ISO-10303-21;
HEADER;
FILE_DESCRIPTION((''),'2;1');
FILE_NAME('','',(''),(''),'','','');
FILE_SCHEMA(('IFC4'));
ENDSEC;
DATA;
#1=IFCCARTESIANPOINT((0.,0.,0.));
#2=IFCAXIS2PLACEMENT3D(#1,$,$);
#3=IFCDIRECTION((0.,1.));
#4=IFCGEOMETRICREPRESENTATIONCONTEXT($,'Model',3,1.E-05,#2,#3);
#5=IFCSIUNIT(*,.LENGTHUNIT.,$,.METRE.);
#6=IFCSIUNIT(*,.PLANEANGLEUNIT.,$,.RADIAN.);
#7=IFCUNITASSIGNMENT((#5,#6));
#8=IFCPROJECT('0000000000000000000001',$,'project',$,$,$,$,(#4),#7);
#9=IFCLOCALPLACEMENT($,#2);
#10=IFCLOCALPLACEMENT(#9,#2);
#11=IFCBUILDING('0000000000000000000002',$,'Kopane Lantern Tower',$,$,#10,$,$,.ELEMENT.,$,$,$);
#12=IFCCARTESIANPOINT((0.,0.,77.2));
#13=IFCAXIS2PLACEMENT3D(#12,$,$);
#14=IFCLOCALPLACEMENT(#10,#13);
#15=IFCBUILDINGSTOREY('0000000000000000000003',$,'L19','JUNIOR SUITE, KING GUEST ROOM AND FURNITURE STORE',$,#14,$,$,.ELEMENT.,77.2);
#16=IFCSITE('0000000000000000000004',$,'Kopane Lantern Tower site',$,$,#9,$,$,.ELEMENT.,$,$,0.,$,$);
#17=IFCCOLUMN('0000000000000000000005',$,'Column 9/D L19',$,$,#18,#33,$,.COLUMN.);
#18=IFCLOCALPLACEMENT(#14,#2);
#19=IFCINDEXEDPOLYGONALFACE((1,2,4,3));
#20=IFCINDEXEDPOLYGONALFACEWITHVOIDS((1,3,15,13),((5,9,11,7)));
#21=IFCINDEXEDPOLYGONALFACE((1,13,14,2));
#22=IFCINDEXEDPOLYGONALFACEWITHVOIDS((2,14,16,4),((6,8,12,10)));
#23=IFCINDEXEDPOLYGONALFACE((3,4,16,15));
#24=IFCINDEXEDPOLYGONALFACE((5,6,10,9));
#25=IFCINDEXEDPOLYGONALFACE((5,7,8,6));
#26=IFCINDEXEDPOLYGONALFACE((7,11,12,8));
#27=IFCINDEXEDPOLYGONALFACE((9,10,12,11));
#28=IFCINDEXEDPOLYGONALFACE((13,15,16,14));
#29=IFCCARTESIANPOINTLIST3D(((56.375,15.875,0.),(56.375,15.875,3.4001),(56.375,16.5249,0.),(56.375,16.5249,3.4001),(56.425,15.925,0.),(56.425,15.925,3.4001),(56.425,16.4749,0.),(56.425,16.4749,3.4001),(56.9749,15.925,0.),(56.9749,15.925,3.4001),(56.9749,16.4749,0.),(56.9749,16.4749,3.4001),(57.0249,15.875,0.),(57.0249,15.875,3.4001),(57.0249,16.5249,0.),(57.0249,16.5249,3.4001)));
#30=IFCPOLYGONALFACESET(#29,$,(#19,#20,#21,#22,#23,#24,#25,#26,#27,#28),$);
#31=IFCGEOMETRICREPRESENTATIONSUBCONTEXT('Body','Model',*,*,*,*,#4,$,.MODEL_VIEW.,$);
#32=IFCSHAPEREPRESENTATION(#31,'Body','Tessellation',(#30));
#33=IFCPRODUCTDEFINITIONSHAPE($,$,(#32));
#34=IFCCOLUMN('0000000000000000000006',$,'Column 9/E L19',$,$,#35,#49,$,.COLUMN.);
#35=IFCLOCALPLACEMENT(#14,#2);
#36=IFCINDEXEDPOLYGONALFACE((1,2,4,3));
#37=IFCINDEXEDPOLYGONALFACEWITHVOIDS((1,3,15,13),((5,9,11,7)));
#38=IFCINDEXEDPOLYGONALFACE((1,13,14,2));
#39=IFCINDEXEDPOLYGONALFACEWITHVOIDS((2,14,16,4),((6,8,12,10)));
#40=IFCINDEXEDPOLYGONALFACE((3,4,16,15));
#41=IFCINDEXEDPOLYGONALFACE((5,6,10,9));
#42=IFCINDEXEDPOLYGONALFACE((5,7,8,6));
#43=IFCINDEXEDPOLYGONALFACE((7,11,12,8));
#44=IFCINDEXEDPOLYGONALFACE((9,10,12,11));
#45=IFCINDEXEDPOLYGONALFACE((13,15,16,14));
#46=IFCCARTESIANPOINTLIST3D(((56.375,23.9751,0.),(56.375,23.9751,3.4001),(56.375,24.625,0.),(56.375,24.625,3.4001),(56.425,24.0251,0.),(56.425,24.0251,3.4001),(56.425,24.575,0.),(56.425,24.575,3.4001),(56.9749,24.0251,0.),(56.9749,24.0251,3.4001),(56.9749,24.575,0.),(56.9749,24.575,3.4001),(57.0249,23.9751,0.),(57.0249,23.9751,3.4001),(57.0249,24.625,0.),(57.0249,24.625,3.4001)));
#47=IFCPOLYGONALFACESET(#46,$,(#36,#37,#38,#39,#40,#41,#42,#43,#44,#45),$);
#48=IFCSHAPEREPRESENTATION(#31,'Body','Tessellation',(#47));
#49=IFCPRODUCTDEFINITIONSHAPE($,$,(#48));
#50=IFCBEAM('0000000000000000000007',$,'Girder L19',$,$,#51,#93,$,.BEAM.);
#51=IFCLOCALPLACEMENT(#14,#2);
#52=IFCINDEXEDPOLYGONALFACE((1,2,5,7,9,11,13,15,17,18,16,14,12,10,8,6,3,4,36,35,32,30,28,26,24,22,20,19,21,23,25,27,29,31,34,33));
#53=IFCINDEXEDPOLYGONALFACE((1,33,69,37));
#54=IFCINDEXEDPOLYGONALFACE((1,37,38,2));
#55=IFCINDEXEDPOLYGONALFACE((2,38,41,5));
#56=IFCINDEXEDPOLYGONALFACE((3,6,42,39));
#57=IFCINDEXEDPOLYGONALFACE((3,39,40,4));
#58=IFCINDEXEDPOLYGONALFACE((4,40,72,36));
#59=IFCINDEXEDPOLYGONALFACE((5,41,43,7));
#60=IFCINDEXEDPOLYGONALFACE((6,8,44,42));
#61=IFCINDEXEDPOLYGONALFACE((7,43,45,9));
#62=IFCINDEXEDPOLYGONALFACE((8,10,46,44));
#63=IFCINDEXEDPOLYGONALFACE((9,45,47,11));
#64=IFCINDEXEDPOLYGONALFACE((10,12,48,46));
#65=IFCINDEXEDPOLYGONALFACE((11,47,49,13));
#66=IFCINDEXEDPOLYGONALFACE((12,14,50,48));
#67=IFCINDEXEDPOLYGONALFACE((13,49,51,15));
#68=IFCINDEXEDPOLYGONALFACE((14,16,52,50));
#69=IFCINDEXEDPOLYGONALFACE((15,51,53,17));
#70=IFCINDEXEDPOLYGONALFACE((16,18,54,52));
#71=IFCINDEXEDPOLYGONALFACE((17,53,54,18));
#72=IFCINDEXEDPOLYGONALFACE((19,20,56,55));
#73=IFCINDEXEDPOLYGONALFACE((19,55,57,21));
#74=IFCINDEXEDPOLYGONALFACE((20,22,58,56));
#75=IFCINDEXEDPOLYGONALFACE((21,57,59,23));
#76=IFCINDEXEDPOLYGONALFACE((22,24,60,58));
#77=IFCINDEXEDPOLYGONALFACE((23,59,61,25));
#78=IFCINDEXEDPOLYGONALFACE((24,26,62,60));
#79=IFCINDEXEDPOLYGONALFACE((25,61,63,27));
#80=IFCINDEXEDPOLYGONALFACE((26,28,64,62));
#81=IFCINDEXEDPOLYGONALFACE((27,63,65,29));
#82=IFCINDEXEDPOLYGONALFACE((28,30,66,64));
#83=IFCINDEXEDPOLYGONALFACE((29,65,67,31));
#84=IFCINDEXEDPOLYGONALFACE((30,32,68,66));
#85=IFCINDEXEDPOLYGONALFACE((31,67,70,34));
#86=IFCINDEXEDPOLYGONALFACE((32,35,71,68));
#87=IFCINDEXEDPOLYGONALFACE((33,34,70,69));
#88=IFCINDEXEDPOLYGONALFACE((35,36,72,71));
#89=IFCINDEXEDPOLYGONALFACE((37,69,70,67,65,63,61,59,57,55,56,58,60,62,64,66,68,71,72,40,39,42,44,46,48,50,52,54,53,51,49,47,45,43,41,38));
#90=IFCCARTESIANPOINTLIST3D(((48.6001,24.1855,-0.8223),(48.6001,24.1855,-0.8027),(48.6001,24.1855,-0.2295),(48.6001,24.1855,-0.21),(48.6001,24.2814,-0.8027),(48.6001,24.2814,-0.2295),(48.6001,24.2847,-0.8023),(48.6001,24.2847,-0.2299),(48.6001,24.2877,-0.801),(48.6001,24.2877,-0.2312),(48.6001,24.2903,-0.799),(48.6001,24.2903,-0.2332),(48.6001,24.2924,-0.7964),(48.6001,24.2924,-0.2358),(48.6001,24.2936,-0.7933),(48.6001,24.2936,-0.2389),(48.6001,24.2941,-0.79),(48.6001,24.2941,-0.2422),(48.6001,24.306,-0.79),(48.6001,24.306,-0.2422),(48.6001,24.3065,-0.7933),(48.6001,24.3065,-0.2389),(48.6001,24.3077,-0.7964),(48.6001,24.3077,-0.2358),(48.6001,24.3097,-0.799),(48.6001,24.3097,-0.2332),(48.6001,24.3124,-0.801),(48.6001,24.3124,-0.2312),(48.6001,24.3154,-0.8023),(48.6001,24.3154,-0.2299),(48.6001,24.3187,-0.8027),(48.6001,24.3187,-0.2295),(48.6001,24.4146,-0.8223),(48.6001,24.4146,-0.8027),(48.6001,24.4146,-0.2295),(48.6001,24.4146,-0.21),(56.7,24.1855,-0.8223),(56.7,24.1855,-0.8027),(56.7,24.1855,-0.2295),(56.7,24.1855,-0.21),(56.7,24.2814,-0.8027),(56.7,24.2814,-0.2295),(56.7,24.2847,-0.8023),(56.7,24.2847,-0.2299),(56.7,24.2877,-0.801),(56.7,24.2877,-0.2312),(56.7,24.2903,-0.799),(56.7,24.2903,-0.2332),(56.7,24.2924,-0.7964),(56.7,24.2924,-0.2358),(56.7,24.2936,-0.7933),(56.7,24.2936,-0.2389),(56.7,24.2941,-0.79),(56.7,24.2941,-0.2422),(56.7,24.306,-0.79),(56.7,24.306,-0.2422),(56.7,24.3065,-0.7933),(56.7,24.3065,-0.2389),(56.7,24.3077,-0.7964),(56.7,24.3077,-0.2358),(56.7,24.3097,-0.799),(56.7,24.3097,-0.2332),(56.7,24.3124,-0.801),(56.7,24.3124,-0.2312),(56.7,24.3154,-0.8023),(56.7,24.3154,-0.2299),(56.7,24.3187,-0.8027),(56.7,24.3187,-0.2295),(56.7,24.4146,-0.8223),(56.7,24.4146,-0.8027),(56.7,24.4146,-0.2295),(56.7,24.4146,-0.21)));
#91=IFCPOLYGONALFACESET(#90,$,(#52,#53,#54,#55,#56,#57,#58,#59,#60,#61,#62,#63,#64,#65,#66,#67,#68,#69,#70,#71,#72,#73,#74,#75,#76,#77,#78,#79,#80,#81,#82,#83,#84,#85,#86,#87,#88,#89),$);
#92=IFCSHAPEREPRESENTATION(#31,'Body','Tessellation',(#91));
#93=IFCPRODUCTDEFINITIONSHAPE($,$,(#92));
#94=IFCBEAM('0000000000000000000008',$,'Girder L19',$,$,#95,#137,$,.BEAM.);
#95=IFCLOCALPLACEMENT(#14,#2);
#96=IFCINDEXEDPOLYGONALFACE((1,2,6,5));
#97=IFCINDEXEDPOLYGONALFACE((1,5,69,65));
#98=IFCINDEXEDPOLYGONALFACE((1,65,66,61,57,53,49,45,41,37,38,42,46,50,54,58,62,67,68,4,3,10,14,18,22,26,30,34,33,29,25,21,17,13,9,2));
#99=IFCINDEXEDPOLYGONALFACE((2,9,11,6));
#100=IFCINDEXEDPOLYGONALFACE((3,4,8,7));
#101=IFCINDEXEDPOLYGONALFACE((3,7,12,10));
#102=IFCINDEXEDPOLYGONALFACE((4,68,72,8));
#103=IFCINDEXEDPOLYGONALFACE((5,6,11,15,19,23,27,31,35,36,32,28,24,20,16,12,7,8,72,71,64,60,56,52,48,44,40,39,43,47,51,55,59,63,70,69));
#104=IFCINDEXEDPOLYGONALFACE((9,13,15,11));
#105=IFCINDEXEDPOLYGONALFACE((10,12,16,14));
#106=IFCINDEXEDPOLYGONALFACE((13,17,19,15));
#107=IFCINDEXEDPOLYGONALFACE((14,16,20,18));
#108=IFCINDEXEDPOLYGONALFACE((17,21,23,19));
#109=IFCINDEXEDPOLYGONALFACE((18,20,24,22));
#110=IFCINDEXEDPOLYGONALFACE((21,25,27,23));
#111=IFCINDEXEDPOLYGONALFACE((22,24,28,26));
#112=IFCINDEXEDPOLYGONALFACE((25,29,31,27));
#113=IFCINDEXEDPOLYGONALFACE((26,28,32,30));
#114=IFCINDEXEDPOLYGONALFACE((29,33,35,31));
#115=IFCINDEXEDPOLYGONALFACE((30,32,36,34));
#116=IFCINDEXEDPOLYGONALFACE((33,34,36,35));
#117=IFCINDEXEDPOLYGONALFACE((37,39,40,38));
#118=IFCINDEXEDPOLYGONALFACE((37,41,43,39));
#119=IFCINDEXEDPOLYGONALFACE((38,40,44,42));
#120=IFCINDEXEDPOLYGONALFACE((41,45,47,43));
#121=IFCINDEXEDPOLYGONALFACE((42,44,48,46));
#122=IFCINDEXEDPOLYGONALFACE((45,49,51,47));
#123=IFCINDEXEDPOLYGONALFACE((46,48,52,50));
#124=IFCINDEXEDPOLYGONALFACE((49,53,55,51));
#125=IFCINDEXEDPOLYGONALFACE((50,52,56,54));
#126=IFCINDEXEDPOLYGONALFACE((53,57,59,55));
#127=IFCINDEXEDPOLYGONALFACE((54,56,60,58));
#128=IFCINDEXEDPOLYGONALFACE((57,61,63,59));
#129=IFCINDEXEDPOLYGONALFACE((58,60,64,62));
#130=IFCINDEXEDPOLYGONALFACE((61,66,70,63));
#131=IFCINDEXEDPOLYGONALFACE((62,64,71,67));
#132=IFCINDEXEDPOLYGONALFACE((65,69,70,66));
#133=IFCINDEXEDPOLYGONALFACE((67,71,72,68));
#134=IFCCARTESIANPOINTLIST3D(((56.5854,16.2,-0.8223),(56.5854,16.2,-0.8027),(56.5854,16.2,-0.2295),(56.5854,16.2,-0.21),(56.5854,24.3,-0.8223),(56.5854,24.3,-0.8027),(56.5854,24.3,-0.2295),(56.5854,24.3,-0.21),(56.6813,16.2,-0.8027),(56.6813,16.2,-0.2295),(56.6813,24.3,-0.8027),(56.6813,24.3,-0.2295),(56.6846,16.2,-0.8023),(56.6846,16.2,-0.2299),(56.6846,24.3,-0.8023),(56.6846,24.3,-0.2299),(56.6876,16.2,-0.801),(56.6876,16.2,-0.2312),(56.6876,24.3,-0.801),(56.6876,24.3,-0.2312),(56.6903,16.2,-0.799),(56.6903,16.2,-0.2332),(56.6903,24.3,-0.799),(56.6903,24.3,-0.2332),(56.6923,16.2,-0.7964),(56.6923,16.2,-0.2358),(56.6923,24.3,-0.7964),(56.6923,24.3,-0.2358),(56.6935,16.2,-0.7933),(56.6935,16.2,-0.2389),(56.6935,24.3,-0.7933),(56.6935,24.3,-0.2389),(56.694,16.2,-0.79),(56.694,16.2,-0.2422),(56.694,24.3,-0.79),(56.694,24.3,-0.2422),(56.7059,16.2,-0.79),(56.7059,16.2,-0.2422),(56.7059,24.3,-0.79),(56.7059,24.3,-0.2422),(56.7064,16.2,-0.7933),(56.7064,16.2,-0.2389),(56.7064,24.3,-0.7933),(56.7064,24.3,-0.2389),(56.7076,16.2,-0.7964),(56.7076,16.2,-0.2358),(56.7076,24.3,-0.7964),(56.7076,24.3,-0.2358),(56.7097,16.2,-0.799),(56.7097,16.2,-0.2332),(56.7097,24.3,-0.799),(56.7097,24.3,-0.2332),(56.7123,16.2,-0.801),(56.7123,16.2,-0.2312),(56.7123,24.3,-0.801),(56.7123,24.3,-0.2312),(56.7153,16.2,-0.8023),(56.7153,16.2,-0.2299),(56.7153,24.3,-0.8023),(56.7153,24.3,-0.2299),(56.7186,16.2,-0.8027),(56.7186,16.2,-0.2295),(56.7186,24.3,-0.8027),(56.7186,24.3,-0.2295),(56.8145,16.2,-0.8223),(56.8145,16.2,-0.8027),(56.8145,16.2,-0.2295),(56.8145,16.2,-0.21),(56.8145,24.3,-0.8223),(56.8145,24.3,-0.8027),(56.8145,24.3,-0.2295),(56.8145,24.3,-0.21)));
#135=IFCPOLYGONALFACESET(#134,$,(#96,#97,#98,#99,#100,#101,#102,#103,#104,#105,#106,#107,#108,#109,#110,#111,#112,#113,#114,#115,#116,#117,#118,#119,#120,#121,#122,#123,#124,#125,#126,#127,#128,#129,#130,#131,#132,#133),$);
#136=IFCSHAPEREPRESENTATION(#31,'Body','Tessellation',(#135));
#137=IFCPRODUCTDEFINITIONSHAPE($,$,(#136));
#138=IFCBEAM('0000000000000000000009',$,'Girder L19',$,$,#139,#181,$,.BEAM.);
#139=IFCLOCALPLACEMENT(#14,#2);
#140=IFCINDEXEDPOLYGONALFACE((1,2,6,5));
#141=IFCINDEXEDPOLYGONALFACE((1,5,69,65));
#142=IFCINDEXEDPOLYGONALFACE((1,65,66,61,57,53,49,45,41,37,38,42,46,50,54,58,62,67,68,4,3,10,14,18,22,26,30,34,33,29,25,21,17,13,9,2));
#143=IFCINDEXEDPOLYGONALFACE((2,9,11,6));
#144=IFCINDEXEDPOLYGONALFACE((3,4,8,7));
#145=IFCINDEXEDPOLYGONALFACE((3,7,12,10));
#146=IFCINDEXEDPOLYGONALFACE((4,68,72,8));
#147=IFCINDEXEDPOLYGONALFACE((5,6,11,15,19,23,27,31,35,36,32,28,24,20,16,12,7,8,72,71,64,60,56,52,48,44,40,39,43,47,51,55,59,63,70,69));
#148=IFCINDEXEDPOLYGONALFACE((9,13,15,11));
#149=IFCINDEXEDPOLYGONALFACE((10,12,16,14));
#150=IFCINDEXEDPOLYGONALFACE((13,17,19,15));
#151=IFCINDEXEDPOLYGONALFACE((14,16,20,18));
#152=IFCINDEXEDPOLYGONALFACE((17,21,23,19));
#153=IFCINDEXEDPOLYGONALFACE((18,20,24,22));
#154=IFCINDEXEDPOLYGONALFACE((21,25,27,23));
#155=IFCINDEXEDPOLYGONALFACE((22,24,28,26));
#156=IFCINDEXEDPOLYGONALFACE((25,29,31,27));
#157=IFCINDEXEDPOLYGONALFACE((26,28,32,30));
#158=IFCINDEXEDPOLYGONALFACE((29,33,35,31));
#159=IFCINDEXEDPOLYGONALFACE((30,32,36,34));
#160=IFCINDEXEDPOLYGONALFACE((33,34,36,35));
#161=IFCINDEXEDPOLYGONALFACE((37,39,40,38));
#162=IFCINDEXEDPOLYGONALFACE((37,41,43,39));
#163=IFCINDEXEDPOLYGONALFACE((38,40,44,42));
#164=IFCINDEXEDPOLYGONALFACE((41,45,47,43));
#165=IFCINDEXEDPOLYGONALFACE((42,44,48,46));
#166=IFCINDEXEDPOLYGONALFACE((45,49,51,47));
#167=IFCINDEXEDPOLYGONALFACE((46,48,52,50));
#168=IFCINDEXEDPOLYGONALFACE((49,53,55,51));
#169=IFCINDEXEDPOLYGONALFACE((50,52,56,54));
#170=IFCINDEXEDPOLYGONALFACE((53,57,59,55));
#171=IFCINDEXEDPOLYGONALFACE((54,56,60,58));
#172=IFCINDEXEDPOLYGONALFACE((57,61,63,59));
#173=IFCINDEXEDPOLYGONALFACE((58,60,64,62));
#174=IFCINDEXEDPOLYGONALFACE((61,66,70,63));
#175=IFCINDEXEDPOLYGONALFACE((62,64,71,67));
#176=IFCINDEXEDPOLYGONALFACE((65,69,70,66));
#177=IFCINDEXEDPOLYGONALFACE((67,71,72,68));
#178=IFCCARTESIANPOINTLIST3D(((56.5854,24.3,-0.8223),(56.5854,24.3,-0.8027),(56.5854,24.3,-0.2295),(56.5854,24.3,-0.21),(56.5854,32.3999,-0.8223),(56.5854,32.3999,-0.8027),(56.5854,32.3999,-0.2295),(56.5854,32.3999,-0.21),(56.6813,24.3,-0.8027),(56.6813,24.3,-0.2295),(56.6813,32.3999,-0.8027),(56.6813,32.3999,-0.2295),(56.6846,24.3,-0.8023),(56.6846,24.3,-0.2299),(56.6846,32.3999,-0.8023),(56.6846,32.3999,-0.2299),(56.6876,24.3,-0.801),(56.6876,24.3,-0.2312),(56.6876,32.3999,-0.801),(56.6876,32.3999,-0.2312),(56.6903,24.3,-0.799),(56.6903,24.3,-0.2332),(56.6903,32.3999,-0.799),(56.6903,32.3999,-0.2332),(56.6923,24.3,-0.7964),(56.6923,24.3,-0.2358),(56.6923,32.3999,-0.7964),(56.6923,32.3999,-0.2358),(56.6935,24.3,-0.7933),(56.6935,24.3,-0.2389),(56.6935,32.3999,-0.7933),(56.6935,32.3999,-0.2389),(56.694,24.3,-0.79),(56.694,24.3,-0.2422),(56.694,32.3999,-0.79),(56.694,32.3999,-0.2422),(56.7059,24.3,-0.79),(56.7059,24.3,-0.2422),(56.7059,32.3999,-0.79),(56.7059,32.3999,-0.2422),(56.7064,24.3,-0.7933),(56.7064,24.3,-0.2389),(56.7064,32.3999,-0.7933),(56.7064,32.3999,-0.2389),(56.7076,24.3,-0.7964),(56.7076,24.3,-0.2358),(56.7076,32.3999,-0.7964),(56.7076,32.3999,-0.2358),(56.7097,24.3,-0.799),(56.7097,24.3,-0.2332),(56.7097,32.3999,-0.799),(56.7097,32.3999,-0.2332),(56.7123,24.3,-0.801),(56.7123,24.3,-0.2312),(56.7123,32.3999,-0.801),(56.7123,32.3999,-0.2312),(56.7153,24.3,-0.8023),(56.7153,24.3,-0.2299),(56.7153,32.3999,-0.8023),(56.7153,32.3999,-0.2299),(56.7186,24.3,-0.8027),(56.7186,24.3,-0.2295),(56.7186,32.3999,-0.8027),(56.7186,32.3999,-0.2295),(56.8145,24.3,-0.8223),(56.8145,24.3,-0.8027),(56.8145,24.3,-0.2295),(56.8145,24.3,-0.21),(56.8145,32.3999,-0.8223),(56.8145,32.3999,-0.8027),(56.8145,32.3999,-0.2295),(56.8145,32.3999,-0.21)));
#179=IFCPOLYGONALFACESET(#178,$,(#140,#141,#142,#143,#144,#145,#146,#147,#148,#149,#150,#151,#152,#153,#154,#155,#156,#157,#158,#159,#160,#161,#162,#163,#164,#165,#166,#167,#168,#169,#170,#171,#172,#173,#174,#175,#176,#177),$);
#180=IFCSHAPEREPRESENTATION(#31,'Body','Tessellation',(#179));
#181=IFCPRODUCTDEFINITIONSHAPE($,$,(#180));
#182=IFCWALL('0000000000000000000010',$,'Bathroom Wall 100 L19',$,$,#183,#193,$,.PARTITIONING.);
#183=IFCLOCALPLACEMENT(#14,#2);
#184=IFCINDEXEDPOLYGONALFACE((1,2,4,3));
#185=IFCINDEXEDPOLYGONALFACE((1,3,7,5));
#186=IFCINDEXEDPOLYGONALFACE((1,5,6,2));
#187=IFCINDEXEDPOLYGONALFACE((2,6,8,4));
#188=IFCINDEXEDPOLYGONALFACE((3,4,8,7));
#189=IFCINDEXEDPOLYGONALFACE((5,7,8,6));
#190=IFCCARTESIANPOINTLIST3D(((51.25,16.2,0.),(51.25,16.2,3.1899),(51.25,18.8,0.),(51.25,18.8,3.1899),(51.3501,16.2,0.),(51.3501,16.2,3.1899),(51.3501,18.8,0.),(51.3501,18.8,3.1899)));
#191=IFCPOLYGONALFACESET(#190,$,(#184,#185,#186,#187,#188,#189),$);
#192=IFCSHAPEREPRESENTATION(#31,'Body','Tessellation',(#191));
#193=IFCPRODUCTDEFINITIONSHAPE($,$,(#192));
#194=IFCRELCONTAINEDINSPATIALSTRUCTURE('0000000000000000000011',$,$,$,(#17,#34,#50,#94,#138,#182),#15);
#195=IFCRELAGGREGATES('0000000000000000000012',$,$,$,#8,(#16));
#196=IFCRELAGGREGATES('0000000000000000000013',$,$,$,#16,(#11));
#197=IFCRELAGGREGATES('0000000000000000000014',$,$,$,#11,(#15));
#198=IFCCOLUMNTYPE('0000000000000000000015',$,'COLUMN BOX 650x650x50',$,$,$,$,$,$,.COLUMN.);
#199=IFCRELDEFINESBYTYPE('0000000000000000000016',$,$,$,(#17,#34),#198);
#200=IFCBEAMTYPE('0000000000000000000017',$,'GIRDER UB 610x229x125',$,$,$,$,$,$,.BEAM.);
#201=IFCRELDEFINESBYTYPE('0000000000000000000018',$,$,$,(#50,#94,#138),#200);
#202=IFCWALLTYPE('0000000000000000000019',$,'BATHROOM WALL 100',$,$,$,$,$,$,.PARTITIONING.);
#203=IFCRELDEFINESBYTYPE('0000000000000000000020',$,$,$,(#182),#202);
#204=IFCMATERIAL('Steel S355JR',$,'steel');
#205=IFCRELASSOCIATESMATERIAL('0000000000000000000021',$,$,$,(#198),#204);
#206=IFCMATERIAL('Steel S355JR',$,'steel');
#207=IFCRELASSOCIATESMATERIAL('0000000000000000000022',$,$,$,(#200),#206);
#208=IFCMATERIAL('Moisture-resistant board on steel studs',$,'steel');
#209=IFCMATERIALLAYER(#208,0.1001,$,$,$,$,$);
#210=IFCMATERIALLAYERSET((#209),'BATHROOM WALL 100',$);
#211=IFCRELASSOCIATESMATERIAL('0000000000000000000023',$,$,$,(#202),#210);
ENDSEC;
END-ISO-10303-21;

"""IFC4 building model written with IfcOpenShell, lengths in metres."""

from ifc_helpers import new_model, si_unit, direction, frame, frame_2d, origin, origin_2d, place, context, subcontext, project, spatial, rectangle, hollow_rectangle, i_section, extrude, material, layer, layer_set, material_profile, profile_set, type_object, element, save


model = new_model("IFC4")

# Units and contexts
model_context = context("Model", 3, precision=1e-05, world=origin(), true_north=direction((0.0, 1.0)))
body_context = subcontext(model_context, "Body", "Model", "MODEL_VIEW")
ifc_project = project(units=[si_unit("LENGTHUNIT", "METRE"), si_unit("PLANEANGLEUNIT", "RADIAN")], contexts=[model_context])

# Site, building, storey
site_placement = place(None, origin())
site = spatial("IfcSite", under=ifc_project, at=site_placement, Name="Kopane Lantern Tower site", CompositionType="ELEMENT", RefElevation=0.0)
building_placement = place(site_placement, origin())
building = spatial("IfcBuilding", under=site, at=building_placement, Name="Kopane Lantern Tower", CompositionType="ELEMENT")
storey_placement = place(building_placement, frame((0.0, 0.0, 77.2)))
storey = spatial("IfcBuildingStorey", under=building, at=storey_placement, Name="L19", Description="JUNIOR SUITE, KING GUEST ROOM AND FURNITURE STORE", CompositionType="ELEMENT", Elevation=77.2)

# Columns
ifc_material_1 = material(Name="Steel S355JR", Category="steel")
ifc_material_profile_1 = material_profile(ifc_material_1, hollow_rectangle(XDim=0.6499, YDim=0.6499, WallThickness=0.05, at=origin_2d()), Name="BOX 650x650x50")
ifc_profile_set_1 = profile_set([ifc_material_profile_1], Name="Steel S355JR")
column_type = type_object("IfcColumnType", Name="COLUMN BOX 650x650x50", PredefinedType="COLUMN", material=ifc_profile_set_1)
for number, where, z_axis, x_axis, name in (
    (1, (56.7, 16.2, 0.0), (0.0, 0.0, 1.0), (1.0, 0.0, 0.0), "Column 9/D L19"),
    (2, (56.7, 24.3, 0.0), (0.0, 0.0, 1.0), (1.0, 0.0, 0.0), "Column 9/E L19"),
):
    element("IfcColumn", number, at=place(storey_placement, frame(where, z_axis=z_axis, x_axis=x_axis)), inside=storey, type_object=column_type, Name=name, PredefinedType="COLUMN", context=body_context, shape_type="SweptSolid", body=[
        extrude(hollow_rectangle(XDim=0.6499, YDim=0.6499, WallThickness=0.05, at=origin_2d()), origin(), (0.0, 0.0, 1.0), 3.4001),
    ])

# Beams
ifc_material_2 = material(Name="Steel S355JR", Category="steel")
ifc_material_profile_2 = material_profile(ifc_material_2, i_section(OverallWidth=0.229, OverallDepth=0.6123, WebThickness=0.012, FlangeThickness=0.0195, FilletRadius=0.0127, at=origin_2d()), Name="UB 610x229x125")
ifc_profile_set_2 = profile_set([ifc_material_profile_2], Name="Steel S355JR")
beam_type = type_object("IfcBeamType", Name="GIRDER UB 610x229x125", PredefinedType="BEAM", material=ifc_profile_set_2)
beam_1_placement = place(storey_placement, frame((48.6001, 24.3, -0.5161), z_axis=(1.0, 0.0, 0.0), x_axis=(0.0, 1.0, 0.0)))
element("IfcBeam", 3, at=beam_1_placement, inside=storey, type_object=beam_type, Name="Girder L19", PredefinedType="BEAM", context=body_context, shape_type="SweptSolid", body=[
    extrude(i_section(OverallWidth=0.229, OverallDepth=0.6123, WebThickness=0.012, FlangeThickness=0.0195, FilletRadius=0.0127, at=origin_2d()), origin(), (0.0, 0.0, 1.0), 8.0999),
])
beam_2_placement = place(storey_placement, frame((56.7, 16.2, -0.5161), z_axis=(0.0, 1.0, 0.0), x_axis=(-1.0, 0.0, 0.0)))
element("IfcBeam", 4, at=beam_2_placement, inside=storey, type_object=beam_type, Name="Girder L19", PredefinedType="BEAM", context=body_context, shape_type="SweptSolid", body=[
    extrude(i_section(OverallWidth=0.229, OverallDepth=0.6123, WebThickness=0.012, FlangeThickness=0.0195, FilletRadius=0.0127, at=origin_2d()), origin(), (0.0, 0.0, 1.0), 8.1001),
])
beam_3_placement = place(storey_placement, frame((56.7, 24.3, -0.5161), z_axis=(0.0, 1.0, 0.0), x_axis=(-1.0, 0.0, 0.0)))
element("IfcBeam", 5, at=beam_3_placement, inside=storey, type_object=beam_type, Name="Girder L19", PredefinedType="BEAM", context=body_context, shape_type="SweptSolid", body=[
    extrude(i_section(OverallWidth=0.229, OverallDepth=0.6123, WebThickness=0.012, FlangeThickness=0.0195, FilletRadius=0.0127, at=origin_2d()), origin(), (0.0, 0.0, 1.0), 8.0999),
])

# Wall
ifc_material_3 = material(Name="Moisture-resistant board on steel studs", Category="steel")
ifc_layer_1 = layer(ifc_material_3, 0.1001)
ifc_layer_set_1 = layer_set([ifc_layer_1], Name="BATHROOM WALL 100")
wall_type_1 = type_object("IfcWallType", Name="BATHROOM WALL 100", PredefinedType="PARTITIONING", material=ifc_layer_set_1)
wall_1_placement = place(storey_placement, frame((51.3, 16.2, 0.0), z_axis=(0.0, 0.0, 1.0), x_axis=(0.0, 1.0, 0.0)))
element("IfcWall", 6, at=wall_1_placement, inside=storey, type_object=wall_type_1, Name="Bathroom Wall 100 L19", PredefinedType="PARTITIONING", context=body_context, shape_type="SweptSolid", body=[
    extrude(rectangle(XDim=2.6001, YDim=0.1001, at=frame_2d((1.3, 0.0))), origin(), (0.0, 0.0, 1.0), 3.1899),
])

save(model, "model.ifc")
